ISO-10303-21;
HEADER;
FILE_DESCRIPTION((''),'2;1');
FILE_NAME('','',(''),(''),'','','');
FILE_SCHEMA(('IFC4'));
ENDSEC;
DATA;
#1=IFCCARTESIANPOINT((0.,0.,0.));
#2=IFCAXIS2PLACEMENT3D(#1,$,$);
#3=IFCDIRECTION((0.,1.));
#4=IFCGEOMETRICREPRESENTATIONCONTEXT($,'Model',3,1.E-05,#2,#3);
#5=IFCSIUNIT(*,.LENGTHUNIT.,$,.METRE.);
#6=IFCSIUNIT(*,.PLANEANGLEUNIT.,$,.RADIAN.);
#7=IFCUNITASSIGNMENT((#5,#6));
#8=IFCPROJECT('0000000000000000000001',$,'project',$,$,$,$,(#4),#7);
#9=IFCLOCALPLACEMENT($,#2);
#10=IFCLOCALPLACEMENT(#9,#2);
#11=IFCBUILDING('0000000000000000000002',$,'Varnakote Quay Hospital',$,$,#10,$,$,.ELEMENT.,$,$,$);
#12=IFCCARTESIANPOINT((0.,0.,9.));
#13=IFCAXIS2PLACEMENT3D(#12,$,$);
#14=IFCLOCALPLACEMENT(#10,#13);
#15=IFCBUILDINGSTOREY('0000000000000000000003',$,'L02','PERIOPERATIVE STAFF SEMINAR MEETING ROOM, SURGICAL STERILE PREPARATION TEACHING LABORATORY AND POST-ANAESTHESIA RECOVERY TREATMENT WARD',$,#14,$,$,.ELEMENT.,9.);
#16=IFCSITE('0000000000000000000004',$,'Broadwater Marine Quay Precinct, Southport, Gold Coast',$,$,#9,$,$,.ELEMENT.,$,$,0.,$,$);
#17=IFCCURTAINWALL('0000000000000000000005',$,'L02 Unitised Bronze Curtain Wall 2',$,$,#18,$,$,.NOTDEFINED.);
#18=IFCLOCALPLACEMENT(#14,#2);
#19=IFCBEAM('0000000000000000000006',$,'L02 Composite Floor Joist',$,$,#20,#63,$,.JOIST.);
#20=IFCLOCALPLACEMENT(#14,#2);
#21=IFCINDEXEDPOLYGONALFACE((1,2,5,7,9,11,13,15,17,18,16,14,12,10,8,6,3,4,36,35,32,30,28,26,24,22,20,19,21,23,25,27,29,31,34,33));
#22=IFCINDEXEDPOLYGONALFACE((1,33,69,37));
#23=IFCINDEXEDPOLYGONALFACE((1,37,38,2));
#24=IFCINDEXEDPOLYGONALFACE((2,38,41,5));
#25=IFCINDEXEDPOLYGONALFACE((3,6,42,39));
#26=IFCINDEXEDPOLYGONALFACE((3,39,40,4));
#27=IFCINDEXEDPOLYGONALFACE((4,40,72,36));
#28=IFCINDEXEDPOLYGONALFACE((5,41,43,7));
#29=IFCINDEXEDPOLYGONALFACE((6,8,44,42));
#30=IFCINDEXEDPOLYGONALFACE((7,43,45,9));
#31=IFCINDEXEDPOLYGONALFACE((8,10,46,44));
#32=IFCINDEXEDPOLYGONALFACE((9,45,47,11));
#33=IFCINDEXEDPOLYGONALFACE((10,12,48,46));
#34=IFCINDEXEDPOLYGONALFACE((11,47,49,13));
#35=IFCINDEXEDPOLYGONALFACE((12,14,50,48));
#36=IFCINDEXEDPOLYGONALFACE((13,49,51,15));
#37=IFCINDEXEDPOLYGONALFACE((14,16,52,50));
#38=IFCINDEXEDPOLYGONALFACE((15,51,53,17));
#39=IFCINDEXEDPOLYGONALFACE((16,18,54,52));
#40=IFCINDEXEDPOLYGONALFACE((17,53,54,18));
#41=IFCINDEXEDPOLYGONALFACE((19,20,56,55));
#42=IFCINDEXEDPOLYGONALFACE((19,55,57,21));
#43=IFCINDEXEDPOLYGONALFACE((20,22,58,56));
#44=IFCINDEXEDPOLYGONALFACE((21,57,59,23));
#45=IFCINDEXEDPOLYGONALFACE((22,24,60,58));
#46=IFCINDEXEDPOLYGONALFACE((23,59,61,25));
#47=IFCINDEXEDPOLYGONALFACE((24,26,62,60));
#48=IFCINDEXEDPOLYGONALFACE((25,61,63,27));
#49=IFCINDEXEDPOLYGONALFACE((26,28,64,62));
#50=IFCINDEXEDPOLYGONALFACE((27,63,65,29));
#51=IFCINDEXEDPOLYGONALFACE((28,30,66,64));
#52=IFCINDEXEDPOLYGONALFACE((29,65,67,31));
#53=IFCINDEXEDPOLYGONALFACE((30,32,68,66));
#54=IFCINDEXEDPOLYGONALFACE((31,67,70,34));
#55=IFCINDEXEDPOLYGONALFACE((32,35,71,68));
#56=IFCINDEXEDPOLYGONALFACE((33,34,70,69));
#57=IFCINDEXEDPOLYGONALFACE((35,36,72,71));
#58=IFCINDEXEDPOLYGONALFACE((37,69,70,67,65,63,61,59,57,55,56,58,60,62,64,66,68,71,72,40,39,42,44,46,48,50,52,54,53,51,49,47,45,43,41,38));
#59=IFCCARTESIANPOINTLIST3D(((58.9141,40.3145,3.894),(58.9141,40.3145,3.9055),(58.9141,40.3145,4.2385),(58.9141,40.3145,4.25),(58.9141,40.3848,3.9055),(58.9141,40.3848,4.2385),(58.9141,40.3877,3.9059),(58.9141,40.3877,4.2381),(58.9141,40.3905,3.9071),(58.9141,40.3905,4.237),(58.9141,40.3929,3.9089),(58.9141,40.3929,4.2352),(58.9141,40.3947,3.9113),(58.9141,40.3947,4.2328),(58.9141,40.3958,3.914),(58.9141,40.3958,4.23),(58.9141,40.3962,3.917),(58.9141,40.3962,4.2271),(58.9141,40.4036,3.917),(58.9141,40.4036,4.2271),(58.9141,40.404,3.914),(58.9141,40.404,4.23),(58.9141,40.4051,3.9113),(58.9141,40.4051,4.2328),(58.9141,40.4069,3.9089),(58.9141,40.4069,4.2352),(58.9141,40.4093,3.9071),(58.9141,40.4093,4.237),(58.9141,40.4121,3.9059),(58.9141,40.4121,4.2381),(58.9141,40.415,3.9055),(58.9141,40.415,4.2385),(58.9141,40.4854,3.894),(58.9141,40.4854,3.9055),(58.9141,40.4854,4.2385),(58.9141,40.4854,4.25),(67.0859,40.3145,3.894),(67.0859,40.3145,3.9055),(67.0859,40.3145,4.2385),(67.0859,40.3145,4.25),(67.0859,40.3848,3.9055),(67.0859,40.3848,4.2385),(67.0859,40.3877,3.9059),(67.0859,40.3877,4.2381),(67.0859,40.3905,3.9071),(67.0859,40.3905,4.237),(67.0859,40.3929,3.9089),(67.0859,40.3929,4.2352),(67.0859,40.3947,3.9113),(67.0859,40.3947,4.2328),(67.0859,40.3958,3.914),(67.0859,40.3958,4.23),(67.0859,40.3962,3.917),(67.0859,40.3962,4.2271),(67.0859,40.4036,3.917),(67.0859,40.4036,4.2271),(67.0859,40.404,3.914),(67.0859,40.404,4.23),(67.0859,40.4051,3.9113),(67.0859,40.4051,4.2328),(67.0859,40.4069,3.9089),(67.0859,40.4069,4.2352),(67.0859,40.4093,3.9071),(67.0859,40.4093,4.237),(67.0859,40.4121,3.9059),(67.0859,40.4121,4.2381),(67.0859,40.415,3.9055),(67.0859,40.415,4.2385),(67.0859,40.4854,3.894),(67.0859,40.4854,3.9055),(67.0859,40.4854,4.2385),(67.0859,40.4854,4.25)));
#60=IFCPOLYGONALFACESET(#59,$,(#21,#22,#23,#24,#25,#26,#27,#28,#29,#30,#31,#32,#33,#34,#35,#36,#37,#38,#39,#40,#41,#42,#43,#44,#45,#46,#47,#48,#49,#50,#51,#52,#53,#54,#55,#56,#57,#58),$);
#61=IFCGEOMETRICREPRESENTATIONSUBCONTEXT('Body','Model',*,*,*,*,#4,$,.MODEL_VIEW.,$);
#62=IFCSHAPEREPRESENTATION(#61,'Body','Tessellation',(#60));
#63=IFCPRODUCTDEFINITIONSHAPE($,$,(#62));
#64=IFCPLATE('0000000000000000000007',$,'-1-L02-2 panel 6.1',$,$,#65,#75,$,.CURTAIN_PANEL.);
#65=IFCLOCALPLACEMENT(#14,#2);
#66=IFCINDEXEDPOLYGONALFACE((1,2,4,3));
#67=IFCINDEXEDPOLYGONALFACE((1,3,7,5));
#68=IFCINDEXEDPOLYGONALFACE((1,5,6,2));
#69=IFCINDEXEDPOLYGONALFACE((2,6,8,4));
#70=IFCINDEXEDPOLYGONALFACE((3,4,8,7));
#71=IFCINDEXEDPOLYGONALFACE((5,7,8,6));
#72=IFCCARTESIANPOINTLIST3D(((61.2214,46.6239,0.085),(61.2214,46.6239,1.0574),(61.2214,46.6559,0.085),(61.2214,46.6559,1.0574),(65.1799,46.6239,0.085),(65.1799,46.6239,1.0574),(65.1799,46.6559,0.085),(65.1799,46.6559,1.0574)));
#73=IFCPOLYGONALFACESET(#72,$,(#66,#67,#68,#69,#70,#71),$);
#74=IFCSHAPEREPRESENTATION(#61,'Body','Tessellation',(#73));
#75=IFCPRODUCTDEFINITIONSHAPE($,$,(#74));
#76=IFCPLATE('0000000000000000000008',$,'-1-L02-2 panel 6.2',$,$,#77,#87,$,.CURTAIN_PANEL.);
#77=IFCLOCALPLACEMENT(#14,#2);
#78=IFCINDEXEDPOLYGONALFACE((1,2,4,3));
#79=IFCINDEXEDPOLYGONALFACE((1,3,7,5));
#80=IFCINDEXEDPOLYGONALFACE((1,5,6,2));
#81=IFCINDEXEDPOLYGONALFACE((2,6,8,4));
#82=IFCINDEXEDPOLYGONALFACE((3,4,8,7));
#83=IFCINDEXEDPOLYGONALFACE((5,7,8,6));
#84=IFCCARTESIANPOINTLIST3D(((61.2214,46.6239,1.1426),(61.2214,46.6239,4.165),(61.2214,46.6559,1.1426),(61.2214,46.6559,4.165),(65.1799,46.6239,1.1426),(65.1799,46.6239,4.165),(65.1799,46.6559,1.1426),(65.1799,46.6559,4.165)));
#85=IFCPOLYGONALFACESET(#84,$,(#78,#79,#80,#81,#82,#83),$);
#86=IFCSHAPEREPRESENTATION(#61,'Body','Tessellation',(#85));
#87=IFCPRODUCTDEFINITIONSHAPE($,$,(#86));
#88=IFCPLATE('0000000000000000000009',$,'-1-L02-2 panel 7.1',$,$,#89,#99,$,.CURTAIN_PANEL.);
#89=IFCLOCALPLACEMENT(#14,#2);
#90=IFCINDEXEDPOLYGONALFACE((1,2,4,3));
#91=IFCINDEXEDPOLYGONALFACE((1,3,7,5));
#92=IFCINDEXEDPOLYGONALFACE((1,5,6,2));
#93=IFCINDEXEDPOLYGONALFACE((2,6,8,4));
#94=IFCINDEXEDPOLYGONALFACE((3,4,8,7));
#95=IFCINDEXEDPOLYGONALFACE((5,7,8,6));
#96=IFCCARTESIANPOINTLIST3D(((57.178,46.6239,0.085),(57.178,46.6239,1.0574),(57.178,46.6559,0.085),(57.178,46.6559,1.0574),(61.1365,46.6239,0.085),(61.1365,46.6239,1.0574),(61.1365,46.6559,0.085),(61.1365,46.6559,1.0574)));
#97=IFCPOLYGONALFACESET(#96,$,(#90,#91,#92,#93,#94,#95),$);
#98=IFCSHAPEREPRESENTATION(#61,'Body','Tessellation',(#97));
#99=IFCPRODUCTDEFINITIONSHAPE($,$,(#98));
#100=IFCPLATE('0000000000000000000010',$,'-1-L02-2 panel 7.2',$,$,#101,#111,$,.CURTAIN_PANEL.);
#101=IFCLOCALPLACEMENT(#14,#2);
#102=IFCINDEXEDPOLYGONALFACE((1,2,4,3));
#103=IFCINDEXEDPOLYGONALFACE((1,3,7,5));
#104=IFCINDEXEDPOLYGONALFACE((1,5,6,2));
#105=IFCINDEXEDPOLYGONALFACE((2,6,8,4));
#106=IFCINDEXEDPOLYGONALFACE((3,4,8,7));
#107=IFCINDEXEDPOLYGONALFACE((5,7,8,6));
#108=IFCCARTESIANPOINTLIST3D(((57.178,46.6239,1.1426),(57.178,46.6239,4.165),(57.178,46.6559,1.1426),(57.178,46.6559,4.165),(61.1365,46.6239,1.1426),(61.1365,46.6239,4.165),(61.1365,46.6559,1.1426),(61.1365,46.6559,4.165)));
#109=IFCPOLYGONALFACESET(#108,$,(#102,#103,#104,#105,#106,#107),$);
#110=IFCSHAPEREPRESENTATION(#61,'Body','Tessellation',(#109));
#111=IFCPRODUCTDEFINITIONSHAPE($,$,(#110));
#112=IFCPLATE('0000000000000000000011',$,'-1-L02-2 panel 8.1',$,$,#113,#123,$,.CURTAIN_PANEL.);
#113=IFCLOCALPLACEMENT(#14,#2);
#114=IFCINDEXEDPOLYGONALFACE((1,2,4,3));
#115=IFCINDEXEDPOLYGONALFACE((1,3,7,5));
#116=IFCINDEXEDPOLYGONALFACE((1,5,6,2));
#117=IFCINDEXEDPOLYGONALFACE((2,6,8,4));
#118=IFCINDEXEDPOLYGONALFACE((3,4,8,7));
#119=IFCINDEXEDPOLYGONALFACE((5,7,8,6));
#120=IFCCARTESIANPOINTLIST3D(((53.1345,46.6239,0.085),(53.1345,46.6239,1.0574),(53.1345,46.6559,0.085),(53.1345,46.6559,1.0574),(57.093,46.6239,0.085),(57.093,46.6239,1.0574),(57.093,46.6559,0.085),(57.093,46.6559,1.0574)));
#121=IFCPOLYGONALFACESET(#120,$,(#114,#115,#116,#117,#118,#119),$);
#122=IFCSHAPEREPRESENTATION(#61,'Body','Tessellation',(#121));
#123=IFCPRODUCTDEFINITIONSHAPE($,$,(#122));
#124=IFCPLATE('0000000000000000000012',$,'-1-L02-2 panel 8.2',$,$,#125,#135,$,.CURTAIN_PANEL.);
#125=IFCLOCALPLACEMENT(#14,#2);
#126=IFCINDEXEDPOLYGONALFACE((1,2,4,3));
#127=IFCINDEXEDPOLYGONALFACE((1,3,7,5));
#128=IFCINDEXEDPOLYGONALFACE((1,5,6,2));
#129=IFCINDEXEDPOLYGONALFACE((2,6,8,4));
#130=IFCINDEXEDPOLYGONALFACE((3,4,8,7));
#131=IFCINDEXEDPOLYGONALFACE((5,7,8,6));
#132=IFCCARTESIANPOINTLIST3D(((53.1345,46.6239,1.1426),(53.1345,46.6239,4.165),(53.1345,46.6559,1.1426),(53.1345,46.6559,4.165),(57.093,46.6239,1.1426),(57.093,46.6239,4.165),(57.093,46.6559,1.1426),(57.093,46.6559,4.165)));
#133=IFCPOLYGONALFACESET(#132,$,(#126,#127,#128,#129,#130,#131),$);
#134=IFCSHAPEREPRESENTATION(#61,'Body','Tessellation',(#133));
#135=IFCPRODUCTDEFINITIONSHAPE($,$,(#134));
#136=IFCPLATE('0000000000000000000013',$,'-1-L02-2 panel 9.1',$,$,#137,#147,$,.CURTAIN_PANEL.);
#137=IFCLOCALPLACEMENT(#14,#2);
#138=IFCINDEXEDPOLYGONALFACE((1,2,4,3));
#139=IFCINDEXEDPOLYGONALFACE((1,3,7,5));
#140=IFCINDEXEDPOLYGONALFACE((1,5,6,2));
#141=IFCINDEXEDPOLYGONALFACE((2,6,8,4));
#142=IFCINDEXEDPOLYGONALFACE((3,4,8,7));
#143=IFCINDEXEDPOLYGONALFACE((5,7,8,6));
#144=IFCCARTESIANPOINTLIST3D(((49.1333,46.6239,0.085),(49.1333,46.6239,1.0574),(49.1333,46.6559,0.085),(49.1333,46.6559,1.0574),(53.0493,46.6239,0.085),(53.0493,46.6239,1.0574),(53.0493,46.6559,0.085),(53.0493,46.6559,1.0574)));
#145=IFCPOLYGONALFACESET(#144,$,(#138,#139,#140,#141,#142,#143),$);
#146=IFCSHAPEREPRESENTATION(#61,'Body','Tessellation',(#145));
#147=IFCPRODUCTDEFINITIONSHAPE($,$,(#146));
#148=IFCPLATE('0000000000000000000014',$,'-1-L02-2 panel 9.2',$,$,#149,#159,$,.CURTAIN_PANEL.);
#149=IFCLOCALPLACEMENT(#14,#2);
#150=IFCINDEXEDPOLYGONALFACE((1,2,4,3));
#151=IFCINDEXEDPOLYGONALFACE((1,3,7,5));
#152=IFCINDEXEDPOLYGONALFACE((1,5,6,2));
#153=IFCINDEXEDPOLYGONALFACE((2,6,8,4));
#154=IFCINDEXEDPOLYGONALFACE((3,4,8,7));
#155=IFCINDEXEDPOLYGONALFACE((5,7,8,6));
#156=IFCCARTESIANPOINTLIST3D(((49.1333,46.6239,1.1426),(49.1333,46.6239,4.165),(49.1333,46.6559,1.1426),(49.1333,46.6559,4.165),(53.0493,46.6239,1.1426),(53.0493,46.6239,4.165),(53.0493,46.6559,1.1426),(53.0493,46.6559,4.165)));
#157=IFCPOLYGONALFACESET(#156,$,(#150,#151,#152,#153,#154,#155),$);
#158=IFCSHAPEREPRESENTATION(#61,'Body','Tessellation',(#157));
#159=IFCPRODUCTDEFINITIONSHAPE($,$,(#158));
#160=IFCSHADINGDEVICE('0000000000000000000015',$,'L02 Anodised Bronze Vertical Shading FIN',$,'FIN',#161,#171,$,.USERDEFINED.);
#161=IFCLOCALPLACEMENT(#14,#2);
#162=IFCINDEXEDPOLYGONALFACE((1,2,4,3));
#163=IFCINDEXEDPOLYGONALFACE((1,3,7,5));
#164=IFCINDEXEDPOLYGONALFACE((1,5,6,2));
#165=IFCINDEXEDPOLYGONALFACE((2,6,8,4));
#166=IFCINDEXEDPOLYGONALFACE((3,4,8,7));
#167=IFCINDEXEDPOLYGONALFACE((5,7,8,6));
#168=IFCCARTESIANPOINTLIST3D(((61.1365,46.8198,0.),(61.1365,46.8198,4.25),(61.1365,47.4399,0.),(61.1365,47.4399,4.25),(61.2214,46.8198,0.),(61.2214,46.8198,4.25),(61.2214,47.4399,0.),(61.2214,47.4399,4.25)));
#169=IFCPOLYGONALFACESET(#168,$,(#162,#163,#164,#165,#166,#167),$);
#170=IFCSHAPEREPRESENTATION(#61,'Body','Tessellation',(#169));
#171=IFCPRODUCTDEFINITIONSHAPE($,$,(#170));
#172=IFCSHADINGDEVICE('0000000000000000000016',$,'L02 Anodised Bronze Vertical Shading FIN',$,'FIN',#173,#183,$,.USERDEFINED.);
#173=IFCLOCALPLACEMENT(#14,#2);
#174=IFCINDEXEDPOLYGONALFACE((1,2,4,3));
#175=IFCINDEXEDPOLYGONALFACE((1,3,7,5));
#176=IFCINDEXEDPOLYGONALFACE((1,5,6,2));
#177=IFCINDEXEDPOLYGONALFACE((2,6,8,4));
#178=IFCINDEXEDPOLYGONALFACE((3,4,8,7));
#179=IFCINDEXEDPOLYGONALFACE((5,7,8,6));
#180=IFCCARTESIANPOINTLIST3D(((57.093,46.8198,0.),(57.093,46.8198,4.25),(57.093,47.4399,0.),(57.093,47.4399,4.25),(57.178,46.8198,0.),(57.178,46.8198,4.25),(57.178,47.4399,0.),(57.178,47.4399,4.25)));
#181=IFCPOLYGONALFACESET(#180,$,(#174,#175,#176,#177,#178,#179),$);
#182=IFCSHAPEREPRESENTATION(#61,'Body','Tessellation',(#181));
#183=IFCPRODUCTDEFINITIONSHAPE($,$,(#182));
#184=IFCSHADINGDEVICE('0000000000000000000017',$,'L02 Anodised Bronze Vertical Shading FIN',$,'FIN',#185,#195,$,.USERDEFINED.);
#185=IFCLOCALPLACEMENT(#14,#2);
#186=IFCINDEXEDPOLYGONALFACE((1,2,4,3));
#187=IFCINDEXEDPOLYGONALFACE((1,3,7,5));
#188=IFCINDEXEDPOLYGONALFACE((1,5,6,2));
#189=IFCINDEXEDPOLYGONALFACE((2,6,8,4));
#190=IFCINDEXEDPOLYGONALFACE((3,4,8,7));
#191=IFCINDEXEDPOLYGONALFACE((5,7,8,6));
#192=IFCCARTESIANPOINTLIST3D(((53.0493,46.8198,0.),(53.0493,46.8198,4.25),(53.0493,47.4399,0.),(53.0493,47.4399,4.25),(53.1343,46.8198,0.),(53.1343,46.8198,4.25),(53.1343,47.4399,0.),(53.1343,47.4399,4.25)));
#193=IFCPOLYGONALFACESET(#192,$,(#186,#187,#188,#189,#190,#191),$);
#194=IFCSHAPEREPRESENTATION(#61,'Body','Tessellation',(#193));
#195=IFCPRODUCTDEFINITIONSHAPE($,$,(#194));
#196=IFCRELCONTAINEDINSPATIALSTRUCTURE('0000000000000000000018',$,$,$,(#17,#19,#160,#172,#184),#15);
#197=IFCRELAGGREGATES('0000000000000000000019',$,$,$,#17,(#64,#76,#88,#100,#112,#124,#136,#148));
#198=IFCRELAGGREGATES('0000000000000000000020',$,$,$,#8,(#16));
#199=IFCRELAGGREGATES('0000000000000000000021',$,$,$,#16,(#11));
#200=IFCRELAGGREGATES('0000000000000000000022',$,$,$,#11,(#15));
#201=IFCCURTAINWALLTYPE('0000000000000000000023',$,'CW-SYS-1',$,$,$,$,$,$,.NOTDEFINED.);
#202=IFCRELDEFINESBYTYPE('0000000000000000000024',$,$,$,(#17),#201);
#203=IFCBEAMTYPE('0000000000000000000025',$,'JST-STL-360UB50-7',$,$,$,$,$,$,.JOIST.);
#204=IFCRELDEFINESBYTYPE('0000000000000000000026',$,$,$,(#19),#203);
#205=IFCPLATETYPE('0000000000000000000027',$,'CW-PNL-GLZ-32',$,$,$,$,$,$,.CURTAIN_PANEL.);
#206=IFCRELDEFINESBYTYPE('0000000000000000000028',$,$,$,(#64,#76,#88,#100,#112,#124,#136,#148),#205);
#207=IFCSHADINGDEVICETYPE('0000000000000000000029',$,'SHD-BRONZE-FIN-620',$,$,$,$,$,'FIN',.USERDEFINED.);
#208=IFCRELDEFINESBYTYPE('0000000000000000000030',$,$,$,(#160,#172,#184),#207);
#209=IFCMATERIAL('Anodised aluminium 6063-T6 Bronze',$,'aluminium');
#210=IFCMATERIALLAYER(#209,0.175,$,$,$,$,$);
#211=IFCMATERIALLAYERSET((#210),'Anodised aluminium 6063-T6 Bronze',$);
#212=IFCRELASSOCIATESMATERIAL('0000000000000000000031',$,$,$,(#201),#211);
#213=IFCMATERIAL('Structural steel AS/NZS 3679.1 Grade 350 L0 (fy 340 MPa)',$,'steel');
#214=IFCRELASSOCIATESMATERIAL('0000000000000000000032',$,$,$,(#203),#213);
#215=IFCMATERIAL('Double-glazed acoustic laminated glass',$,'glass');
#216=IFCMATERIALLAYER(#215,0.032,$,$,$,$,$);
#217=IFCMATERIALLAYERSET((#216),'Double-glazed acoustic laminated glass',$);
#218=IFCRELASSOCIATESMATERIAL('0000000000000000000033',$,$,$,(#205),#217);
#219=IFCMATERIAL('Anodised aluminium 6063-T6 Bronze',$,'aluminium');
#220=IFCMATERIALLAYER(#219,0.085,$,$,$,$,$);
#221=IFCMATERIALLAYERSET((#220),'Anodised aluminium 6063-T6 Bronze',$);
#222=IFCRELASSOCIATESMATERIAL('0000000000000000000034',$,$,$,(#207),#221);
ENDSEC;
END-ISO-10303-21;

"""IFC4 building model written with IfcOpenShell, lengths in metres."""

from ifc_helpers import new_model, si_unit, direction, frame, origin, origin_2d, place, context, subcontext, project, spatial, rectangle, i_section, extrude, material, layer, layer_set, material_profile, profile_set, type_object, element, aggregate, save


model = new_model("IFC4")

# Units and contexts
model_context = context("Model", 3, precision=1e-05, world=origin(), true_north=direction((0.0, 1.0)))
body_context = subcontext(model_context, "Body", "Model", "MODEL_VIEW")
ifc_project = project(units=[si_unit("LENGTHUNIT", "METRE"), si_unit("PLANEANGLEUNIT", "RADIAN")], contexts=[model_context])

# Site, building, storey
site_placement = place(None, origin())
site = spatial("IfcSite", under=ifc_project, at=site_placement, Name="Broadwater Marine Quay Precinct, Southport, Gold Coast", CompositionType="ELEMENT", RefElevation=0.0)
building_placement = place(site_placement, origin())
building = spatial("IfcBuilding", under=site, at=building_placement, Name="Varnakote Quay Hospital", CompositionType="ELEMENT")
storey_placement = place(building_placement, frame((0.0, 0.0, 9.0)))
storey = spatial("IfcBuildingStorey", under=building, at=storey_placement, Name="L02", Description="PERIOPERATIVE STAFF SEMINAR MEETING ROOM, SURGICAL STERILE PREPARATION TEACHING LABORATORY AND POST-ANAESTHESIA RECOVERY TREATMENT WARD", CompositionType="ELEMENT", Elevation=9.0)

# Curtain wall
ifc_material_1 = material(Name="Anodised aluminium 6063-T6 Bronze", Category="aluminium")
ifc_layer_1 = layer(ifc_material_1, 0.175)
ifc_layer_set_1 = layer_set([ifc_layer_1], Name="Anodised aluminium 6063-T6 Bronze")
curtain_wall_type = type_object("IfcCurtainWallType", Name="CW-SYS-1", PredefinedType="NOTDEFINED", material=ifc_layer_set_1)
curtain_wall_placement = place(storey_placement, origin())
curtain_wall = element("IfcCurtainWall", 1, at=curtain_wall_placement, inside=storey, type_object=curtain_wall_type, Name="L02 Unitised Bronze Curtain Wall 2", PredefinedType="NOTDEFINED")

# Beam
ifc_material_2 = material(Name="Structural steel AS/NZS 3679.1 Grade 350 L0 (fy 340 MPa)", Category="steel")
ifc_material_profile_1 = material_profile(ifc_material_2, i_section(OverallWidth=0.1709, OverallDepth=0.356, WebThickness=0.0073, FlangeThickness=0.0115, FilletRadius=0.0115, at=origin_2d()), Name="360UB50.7")
ifc_profile_set_1 = profile_set([ifc_material_profile_1], Name="Structural steel AS/NZS 3679.1 Grade 350 L0 (fy 340 MPa)")
beam_type_1 = type_object("IfcBeamType", Name="JST-STL-360UB50-7", PredefinedType="JOIST", material=ifc_profile_set_1)
for number, where, z_axis, x_axis, name in (
    (2, (58.9141, 40.3999, 4.072), (1.0, 0.0, 0.0), (0.0, 1.0, 0.0), "L02 Composite Floor Joist"),
):
    element("IfcBeam", number, at=place(storey_placement, frame(where, z_axis=z_axis, x_axis=x_axis)), inside=storey, type_object=beam_type_1, Name=name, PredefinedType="JOIST", context=body_context, shape_type="SweptSolid", body=[
        extrude(i_section(OverallWidth=0.1709, OverallDepth=0.356, WebThickness=0.0073, FlangeThickness=0.0115, FilletRadius=0.0115, at=origin_2d()), origin(), (0.0, 0.0, 1.0), 8.1719),
    ])

# Plates
ifc_material_3 = material(Name="Double-glazed acoustic laminated glass", Category="glass")
ifc_layer_2 = layer(ifc_material_3, 0.032)
ifc_layer_set_2 = layer_set([ifc_layer_2], Name="Double-glazed acoustic laminated glass")
plate_type = type_object("IfcPlateType", Name="CW-PNL-GLZ-32", PredefinedType="CURTAIN_PANEL", material=ifc_layer_set_2)
plate_1_placement = place(storey_placement, frame((63.2007, 46.6399, 0.085), z_axis=(0.0, 0.0, 1.0), x_axis=(-1.0, 0.0, 0.0)))
plate_1 = element("IfcPlate", 3, at=plate_1_placement, type_object=plate_type, Name="-1-L02-2 panel 6.1", PredefinedType="CURTAIN_PANEL", context=body_context, shape_type="SweptSolid", body=[
    extrude(rectangle(XDim=3.9585, YDim=0.032, at=origin_2d()), origin(), (0.0, 0.0, 1.0), 0.9724),
])
plate_2_placement = place(storey_placement, frame((63.2007, 46.6399, 1.1426), z_axis=(0.0, 0.0, 1.0), x_axis=(-1.0, 0.0, 0.0)))
plate_2 = element("IfcPlate", 4, at=plate_2_placement, type_object=plate_type, Name="-1-L02-2 panel 6.2", PredefinedType="CURTAIN_PANEL", context=body_context, shape_type="SweptSolid", body=[
    extrude(rectangle(XDim=3.9585, YDim=0.032, at=origin_2d()), origin(), (0.0, 0.0, 1.0), 3.0225),
])
plate_3_placement = place(storey_placement, frame((59.1572, 46.6399, 0.085), z_axis=(0.0, 0.0, 1.0), x_axis=(-1.0, 0.0, 0.0)))
plate_3 = element("IfcPlate", 5, at=plate_3_placement, type_object=plate_type, Name="-1-L02-2 panel 7.1", PredefinedType="CURTAIN_PANEL", context=body_context, shape_type="SweptSolid", body=[
    extrude(rectangle(XDim=3.9585, YDim=0.032, at=origin_2d()), origin(), (0.0, 0.0, 1.0), 0.9724),
])
plate_4_placement = place(storey_placement, frame((59.1572, 46.6399, 1.1426), z_axis=(0.0, 0.0, 1.0), x_axis=(-1.0, 0.0, 0.0)))
plate_4 = element("IfcPlate", 6, at=plate_4_placement, type_object=plate_type, Name="-1-L02-2 panel 7.2", PredefinedType="CURTAIN_PANEL", context=body_context, shape_type="SweptSolid", body=[
    extrude(rectangle(XDim=3.9585, YDim=0.032, at=origin_2d()), origin(), (0.0, 0.0, 1.0), 3.0225),
])
plate_5_placement = place(storey_placement, frame((55.1138, 46.6399, 0.085), z_axis=(0.0, 0.0, 1.0), x_axis=(-1.0, 0.0, 0.0)))
plate_5 = element("IfcPlate", 7, at=plate_5_placement, type_object=plate_type, Name="-1-L02-2 panel 8.1", PredefinedType="CURTAIN_PANEL", context=body_context, shape_type="SweptSolid", body=[
    extrude(rectangle(XDim=3.9585, YDim=0.032, at=origin_2d()), origin(), (0.0, 0.0, 1.0), 0.9724),
])
plate_6_placement = place(storey_placement, frame((55.1138, 46.6399, 1.1426), z_axis=(0.0, 0.0, 1.0), x_axis=(-1.0, 0.0, 0.0)))
plate_6 = element("IfcPlate", 8, at=plate_6_placement, type_object=plate_type, Name="-1-L02-2 panel 8.2", PredefinedType="CURTAIN_PANEL", context=body_context, shape_type="SweptSolid", body=[
    extrude(rectangle(XDim=3.9585, YDim=0.032, at=origin_2d()), origin(), (0.0, 0.0, 1.0), 3.0225),
])
plate_7_placement = place(storey_placement, frame((51.0913, 46.6399, 0.085), z_axis=(0.0, 0.0, 1.0), x_axis=(-1.0, 0.0, 0.0)))
plate_7 = element("IfcPlate", 9, at=plate_7_placement, type_object=plate_type, Name="-1-L02-2 panel 9.1", PredefinedType="CURTAIN_PANEL", context=body_context, shape_type="SweptSolid", body=[
    extrude(rectangle(XDim=3.916, YDim=0.032, at=origin_2d()), origin(), (0.0, 0.0, 1.0), 0.9724),
])
plate_8_placement = place(storey_placement, frame((51.0913, 46.6399, 1.1426), z_axis=(0.0, 0.0, 1.0), x_axis=(-1.0, 0.0, 0.0)))
plate_8 = element("IfcPlate", 10, at=plate_8_placement, type_object=plate_type, Name="-1-L02-2 panel 9.2", PredefinedType="CURTAIN_PANEL", context=body_context, shape_type="SweptSolid", body=[
    extrude(rectangle(XDim=3.916, YDim=0.032, at=origin_2d()), origin(), (0.0, 0.0, 1.0), 3.0225),
])
aggregate(curtain_wall, [plate_1, plate_2, plate_3, plate_4, plate_5, plate_6, plate_7, plate_8])

# Shading devices
ifc_material_4 = material(Name="Anodised aluminium 6063-T6 Bronze", Category="aluminium")
ifc_layer_3 = layer(ifc_material_4, 0.085)
ifc_layer_set_3 = layer_set([ifc_layer_3], Name="Anodised aluminium 6063-T6 Bronze")
shading_device_type = type_object("IfcShadingDeviceType", Name="SHD-BRONZE-FIN-620", ElementType="FIN", PredefinedType="USERDEFINED", material=ifc_layer_set_3)
for number, where, z_axis, x_axis, name in (
    (11, (61.179, 47.1299, 0.0), (0.0, 0.0, 1.0), (0.0, -1.0, 0.0), "L02 Anodised Bronze Vertical Shading FIN"),
    (12, (57.1355, 47.1299, 0.0), (0.0, 0.0, 1.0), (0.0, -1.0, 0.0), "L02 Anodised Bronze Vertical Shading FIN"),
    (13, (53.0918, 47.1299, 0.0), (0.0, 0.0, 1.0), (0.0, -1.0, 0.0), "L02 Anodised Bronze Vertical Shading FIN"),
):
    element("IfcShadingDevice", number, at=place(storey_placement, frame(where, z_axis=z_axis, x_axis=x_axis)), inside=storey, type_object=shading_device_type, Name=name, ObjectType="FIN", PredefinedType="USERDEFINED", context=body_context, shape_type="SweptSolid", body=[
        extrude(rectangle(XDim=0.6201, YDim=0.085, at=origin_2d()), origin(), (0.0, 0.0, 1.0), 4.25),
    ])

save(model, "model.ifc")
